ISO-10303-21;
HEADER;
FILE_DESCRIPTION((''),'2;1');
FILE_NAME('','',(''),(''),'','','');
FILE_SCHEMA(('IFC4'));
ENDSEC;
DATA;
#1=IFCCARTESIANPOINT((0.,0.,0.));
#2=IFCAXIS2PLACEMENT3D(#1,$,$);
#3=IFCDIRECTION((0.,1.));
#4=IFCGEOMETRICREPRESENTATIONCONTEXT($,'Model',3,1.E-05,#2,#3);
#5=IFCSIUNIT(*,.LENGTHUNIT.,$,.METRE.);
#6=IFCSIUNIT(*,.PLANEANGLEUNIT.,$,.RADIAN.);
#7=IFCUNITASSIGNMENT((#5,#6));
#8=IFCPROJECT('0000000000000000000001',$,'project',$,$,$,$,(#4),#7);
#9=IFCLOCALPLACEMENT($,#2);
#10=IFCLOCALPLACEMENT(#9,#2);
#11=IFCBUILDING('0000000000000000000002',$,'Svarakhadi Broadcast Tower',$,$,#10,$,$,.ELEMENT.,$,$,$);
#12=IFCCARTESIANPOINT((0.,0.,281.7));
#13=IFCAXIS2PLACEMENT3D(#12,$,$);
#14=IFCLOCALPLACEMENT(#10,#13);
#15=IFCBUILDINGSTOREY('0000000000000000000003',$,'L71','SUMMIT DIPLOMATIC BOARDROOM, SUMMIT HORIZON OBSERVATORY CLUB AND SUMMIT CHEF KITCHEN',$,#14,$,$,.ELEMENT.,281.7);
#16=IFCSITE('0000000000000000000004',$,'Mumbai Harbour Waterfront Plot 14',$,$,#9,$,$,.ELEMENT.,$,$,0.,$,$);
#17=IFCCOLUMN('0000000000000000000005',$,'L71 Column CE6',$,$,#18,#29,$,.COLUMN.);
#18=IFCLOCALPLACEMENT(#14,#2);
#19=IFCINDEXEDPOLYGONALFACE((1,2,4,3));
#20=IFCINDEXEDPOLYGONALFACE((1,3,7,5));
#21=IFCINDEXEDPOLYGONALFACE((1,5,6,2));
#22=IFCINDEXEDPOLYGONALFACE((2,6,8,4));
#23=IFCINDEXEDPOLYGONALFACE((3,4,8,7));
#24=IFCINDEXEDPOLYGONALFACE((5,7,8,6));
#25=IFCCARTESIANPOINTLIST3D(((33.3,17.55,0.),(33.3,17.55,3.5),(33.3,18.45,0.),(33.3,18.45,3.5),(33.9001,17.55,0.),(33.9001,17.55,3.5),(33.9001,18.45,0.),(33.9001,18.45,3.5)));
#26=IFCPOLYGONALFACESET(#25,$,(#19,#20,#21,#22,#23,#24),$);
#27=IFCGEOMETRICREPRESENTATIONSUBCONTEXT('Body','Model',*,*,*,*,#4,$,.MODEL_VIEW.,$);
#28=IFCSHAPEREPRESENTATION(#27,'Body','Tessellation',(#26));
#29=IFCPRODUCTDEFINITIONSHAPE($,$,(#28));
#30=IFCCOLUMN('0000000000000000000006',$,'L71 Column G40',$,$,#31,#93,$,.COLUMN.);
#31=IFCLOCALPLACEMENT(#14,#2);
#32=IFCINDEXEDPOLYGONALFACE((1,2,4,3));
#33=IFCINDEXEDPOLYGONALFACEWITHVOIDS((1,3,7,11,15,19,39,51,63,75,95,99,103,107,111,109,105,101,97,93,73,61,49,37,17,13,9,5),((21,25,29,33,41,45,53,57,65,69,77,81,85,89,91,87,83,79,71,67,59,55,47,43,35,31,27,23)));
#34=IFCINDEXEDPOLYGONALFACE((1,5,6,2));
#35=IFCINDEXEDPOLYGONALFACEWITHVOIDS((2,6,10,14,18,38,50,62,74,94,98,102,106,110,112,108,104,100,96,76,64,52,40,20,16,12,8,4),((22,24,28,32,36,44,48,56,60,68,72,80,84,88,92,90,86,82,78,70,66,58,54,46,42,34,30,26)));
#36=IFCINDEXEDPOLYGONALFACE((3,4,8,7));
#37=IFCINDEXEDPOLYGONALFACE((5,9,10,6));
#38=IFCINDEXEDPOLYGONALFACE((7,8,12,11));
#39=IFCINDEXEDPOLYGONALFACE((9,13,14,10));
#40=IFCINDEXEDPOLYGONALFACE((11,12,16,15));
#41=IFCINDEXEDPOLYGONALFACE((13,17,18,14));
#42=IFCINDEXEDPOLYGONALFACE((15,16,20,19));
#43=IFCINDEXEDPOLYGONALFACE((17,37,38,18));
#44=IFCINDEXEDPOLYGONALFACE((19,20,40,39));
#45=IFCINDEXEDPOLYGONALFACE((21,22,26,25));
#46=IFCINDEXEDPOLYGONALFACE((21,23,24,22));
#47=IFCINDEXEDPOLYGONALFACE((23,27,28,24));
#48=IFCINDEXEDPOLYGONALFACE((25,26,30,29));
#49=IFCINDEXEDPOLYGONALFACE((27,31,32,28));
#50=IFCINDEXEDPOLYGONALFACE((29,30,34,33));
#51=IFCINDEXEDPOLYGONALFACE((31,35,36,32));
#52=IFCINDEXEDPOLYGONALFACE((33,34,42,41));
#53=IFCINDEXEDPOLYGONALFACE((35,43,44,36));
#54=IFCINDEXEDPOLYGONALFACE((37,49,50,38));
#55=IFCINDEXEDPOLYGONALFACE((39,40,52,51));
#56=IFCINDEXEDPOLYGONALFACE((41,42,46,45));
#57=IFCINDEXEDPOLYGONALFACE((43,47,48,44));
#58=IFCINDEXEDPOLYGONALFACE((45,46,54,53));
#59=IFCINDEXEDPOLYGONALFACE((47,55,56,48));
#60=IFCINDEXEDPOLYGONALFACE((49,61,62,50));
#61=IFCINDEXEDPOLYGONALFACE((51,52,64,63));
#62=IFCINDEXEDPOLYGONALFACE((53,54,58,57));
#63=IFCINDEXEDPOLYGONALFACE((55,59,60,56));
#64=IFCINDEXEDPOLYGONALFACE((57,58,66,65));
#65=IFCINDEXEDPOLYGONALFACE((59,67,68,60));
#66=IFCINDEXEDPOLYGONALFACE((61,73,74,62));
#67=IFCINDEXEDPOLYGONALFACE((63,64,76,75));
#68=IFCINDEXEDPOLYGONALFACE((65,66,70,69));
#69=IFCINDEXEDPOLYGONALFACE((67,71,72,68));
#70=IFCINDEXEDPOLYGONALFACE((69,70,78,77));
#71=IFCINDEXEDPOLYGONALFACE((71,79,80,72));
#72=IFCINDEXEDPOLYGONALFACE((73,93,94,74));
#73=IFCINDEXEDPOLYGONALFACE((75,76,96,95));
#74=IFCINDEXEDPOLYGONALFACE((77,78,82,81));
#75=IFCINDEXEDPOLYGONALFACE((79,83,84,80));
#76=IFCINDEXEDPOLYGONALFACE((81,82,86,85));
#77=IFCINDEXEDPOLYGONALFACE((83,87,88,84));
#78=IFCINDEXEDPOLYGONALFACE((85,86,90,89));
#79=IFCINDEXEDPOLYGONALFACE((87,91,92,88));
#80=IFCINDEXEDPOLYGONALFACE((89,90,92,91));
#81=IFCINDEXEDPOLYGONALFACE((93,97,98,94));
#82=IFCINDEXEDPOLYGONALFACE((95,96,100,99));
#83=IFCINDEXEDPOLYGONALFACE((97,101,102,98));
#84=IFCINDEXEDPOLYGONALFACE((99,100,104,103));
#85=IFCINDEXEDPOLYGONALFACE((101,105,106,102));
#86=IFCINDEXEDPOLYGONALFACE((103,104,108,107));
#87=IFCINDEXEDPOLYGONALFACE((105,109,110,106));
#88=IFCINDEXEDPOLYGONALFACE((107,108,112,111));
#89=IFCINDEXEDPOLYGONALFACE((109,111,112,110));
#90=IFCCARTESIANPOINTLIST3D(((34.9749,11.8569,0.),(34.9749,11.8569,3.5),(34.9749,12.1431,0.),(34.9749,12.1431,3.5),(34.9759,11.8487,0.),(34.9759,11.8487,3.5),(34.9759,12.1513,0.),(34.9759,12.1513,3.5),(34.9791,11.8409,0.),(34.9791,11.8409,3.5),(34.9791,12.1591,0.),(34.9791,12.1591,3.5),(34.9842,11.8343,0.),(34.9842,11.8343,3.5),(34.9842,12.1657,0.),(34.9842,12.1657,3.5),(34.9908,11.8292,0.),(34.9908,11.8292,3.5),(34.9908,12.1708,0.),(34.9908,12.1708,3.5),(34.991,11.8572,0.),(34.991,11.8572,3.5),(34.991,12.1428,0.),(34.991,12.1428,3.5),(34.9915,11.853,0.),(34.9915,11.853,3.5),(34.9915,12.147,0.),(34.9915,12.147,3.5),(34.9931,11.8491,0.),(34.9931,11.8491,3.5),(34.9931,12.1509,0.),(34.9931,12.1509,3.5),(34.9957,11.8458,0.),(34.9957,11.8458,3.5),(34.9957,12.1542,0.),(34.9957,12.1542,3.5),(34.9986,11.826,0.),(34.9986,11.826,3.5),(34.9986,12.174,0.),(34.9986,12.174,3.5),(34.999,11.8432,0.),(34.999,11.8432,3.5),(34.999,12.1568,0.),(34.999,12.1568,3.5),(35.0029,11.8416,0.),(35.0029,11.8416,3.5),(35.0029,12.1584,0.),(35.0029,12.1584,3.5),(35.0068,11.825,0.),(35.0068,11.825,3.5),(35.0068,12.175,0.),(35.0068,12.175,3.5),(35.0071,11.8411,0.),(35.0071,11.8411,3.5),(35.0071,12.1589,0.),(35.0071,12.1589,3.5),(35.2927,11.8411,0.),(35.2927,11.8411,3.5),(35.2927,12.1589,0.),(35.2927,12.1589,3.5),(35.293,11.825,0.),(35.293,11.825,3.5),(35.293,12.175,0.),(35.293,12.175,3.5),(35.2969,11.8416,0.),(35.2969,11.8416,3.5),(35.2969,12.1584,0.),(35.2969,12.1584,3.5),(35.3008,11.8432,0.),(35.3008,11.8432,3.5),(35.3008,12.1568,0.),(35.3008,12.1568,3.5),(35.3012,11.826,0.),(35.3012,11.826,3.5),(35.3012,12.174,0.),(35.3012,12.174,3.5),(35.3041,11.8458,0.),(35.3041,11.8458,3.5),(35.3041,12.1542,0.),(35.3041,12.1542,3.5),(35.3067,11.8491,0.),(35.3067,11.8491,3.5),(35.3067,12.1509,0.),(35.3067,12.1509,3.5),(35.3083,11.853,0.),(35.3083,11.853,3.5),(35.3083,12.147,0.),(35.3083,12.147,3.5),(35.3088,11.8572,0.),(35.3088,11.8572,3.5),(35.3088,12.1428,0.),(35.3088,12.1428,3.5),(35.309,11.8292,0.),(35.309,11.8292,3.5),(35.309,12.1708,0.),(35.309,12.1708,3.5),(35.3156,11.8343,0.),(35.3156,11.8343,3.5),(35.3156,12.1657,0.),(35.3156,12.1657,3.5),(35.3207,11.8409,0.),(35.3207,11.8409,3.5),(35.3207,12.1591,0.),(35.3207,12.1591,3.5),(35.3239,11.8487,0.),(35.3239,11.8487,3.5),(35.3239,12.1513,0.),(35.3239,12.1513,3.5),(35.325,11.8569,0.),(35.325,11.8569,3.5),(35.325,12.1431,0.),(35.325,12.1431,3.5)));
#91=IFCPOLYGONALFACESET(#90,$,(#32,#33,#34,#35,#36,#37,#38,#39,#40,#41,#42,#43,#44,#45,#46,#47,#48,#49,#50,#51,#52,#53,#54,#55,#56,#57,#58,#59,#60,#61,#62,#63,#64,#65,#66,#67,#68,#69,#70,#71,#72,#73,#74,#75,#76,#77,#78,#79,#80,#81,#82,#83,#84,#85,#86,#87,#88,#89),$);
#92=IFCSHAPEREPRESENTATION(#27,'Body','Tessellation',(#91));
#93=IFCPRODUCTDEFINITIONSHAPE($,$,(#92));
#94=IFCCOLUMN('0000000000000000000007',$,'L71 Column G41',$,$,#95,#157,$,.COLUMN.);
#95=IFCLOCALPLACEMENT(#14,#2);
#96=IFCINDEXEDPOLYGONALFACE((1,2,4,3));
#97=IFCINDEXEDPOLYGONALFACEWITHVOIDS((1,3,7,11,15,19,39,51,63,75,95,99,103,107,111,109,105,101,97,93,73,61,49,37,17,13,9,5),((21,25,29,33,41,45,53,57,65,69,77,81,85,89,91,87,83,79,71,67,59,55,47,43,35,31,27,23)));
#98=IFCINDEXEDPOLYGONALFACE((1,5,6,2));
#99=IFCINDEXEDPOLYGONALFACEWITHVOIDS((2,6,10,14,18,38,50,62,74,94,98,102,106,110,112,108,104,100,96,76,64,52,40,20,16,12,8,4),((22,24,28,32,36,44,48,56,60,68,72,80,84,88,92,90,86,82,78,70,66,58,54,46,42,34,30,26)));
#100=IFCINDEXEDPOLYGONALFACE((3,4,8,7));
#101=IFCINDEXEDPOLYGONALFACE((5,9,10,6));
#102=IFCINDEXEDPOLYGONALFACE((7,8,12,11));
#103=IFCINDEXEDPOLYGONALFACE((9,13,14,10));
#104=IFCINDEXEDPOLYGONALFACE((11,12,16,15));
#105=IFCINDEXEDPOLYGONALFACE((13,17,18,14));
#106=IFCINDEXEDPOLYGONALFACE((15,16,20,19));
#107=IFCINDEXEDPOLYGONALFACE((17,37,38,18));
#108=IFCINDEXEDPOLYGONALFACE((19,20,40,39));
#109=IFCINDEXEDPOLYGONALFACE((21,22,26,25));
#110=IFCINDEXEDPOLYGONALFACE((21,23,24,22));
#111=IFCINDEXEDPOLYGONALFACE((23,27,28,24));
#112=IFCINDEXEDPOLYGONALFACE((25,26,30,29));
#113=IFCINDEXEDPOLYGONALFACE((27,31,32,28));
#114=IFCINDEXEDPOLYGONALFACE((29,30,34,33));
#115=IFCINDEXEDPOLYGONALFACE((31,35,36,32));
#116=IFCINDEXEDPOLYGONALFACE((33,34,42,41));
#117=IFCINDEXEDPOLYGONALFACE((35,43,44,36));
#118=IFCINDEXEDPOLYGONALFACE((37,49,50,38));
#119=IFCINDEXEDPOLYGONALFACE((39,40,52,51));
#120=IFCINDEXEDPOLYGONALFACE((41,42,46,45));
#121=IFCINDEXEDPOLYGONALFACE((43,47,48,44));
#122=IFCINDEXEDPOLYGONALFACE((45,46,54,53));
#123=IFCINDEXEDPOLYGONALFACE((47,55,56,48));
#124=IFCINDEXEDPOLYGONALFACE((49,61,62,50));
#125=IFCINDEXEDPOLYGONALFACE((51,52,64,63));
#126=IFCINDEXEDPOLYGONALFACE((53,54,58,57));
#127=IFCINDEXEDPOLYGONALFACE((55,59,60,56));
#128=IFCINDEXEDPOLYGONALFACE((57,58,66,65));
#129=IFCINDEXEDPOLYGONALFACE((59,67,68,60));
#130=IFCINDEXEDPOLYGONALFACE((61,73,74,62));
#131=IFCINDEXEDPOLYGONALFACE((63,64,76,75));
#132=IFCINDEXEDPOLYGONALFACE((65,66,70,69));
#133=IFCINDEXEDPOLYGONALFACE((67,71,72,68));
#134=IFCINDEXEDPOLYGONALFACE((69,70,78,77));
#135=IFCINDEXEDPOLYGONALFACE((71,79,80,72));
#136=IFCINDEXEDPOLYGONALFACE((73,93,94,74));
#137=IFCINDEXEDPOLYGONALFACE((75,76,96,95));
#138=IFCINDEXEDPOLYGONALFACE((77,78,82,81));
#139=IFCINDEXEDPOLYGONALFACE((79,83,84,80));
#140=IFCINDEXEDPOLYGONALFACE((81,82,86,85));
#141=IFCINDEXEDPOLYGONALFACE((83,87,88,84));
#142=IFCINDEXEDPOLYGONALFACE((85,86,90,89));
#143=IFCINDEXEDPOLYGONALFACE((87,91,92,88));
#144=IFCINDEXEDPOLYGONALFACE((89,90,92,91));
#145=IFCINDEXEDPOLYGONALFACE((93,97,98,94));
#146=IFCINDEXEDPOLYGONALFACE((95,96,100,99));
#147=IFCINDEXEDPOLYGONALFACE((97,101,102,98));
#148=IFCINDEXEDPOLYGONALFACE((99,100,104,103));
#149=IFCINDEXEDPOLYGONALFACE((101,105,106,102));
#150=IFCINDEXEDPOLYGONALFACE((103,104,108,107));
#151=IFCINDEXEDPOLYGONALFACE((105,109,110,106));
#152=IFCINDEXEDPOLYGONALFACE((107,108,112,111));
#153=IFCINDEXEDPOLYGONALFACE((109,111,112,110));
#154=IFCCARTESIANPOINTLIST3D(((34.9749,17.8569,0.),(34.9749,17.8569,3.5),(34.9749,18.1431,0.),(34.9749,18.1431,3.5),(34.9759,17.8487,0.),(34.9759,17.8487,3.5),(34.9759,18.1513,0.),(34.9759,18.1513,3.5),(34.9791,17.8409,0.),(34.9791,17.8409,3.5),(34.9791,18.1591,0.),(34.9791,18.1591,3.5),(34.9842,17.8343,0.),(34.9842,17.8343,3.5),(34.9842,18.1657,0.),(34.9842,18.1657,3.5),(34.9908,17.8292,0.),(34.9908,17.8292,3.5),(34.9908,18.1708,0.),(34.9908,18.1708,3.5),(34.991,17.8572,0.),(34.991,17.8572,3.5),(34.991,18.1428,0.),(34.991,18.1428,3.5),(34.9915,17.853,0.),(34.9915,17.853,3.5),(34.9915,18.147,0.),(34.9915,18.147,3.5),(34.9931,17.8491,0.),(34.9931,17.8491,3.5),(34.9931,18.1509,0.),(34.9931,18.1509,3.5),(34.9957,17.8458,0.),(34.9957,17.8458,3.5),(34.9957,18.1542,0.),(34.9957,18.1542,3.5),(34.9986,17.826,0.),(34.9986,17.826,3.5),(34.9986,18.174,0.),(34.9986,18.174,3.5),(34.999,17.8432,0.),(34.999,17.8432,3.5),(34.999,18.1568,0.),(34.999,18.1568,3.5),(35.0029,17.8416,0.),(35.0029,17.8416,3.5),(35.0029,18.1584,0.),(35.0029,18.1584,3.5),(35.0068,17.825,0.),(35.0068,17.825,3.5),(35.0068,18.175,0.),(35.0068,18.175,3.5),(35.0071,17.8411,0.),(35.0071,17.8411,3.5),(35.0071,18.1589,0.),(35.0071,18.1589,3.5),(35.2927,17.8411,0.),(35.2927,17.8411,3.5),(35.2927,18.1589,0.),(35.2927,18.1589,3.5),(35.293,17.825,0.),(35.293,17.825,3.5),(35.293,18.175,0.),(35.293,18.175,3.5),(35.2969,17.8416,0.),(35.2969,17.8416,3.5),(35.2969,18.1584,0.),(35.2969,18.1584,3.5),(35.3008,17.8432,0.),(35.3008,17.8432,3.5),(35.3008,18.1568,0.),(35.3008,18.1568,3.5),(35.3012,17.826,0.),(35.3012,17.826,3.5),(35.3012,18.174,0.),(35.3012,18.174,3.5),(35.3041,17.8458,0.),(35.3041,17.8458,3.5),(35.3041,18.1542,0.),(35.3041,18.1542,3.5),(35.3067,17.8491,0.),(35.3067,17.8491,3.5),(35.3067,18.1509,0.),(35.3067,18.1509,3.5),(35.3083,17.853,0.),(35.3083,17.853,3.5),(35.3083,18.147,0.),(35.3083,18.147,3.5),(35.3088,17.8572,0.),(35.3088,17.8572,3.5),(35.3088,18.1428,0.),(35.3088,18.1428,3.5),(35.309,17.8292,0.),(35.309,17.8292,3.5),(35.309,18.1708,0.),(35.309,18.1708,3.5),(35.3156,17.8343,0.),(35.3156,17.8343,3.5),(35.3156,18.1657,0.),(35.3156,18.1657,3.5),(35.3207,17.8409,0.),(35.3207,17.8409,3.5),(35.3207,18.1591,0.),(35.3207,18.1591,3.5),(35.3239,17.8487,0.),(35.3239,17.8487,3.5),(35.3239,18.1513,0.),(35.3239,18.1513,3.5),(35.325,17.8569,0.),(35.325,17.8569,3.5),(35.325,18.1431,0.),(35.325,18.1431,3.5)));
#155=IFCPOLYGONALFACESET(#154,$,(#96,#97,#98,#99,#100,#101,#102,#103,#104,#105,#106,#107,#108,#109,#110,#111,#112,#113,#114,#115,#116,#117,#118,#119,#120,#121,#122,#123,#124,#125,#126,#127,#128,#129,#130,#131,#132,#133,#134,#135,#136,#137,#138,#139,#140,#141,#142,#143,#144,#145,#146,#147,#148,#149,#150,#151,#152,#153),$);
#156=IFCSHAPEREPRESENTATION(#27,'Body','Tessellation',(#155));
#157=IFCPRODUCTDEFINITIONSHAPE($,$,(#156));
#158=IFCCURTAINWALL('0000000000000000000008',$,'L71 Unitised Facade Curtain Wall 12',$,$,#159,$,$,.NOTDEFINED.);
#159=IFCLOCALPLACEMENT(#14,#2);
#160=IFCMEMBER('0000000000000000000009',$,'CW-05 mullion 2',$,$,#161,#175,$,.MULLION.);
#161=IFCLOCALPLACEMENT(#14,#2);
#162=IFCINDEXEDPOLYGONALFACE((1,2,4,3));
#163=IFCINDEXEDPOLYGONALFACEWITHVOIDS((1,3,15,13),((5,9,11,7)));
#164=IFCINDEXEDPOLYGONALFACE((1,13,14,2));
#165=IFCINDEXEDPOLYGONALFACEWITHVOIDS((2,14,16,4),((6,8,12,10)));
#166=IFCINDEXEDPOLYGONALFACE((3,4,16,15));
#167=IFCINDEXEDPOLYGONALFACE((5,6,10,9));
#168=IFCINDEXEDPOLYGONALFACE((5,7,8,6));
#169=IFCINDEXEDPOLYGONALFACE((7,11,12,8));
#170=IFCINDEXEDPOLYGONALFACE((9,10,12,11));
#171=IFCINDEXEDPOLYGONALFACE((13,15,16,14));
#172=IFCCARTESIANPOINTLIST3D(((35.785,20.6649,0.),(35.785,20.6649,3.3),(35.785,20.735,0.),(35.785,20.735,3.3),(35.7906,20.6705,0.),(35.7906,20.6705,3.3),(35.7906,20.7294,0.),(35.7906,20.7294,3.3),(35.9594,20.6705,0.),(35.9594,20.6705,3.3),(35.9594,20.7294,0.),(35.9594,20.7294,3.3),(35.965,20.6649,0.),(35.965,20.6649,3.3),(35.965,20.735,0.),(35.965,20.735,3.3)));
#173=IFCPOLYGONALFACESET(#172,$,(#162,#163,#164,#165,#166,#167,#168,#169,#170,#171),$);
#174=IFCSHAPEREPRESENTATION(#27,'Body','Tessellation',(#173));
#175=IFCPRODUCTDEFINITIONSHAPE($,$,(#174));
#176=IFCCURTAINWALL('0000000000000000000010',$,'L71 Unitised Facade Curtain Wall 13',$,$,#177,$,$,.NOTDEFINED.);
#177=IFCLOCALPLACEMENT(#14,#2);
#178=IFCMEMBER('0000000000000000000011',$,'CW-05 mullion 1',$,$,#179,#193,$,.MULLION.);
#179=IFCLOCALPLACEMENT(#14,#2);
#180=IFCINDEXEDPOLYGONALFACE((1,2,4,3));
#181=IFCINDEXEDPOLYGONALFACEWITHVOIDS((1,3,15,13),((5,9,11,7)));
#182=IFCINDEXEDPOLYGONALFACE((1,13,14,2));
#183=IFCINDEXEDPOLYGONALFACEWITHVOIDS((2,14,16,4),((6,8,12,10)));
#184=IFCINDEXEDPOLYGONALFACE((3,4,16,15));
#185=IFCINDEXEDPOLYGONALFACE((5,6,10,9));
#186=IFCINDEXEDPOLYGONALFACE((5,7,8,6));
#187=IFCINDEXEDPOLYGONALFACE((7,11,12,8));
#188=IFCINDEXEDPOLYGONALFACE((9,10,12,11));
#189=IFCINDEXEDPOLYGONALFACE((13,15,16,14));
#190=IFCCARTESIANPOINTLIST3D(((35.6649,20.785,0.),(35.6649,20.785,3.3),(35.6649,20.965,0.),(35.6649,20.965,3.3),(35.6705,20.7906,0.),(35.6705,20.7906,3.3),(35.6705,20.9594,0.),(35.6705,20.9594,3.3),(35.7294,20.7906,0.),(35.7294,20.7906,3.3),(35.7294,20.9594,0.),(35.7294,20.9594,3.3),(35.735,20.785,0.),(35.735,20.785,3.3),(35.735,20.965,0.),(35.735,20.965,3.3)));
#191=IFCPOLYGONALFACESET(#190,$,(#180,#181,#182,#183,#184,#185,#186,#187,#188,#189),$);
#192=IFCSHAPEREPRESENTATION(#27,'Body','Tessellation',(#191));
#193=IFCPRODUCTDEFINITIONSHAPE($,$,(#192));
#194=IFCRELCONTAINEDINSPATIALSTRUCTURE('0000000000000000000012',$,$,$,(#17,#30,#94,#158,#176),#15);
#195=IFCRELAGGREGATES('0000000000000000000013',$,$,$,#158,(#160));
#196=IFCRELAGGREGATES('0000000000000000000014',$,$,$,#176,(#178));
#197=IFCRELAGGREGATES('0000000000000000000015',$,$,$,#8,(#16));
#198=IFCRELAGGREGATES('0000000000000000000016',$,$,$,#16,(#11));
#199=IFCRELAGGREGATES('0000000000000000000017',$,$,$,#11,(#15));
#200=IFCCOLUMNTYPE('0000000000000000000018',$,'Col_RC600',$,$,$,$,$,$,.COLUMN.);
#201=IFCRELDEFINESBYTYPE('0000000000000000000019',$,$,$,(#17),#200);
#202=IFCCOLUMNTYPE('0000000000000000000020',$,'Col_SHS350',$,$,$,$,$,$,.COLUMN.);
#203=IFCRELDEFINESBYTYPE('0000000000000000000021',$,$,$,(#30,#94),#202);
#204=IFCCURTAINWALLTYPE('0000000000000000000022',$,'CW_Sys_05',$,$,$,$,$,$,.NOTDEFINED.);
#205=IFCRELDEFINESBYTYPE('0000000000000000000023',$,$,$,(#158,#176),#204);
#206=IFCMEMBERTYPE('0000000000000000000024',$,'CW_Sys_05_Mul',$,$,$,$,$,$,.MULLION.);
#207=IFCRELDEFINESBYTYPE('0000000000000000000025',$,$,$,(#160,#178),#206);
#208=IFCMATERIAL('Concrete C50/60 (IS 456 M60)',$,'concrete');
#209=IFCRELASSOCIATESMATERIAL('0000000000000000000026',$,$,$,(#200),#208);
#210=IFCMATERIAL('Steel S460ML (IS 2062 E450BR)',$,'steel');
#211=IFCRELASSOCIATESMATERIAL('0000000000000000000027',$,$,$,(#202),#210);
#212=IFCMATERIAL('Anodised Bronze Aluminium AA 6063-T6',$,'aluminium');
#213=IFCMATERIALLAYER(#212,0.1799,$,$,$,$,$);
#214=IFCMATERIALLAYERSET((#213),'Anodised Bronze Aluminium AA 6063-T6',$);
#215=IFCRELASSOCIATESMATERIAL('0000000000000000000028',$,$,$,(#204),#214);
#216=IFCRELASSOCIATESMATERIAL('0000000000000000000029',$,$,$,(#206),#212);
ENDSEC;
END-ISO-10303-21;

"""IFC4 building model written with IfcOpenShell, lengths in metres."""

from ifc_helpers import new_model, si_unit, direction, frame, origin, origin_2d, place, context, subcontext, project, spatial, rectangle, hollow_rectangle, extrude, material, layer, layer_set, material_profile, profile_set, type_object, element, aggregate, save


model = new_model("IFC4")

# Units and contexts
model_context = context("Model", 3, precision=1e-05, world=origin(), true_north=direction((0.0, 1.0)))
body_context = subcontext(model_context, "Body", "Model", "MODEL_VIEW")
ifc_project = project(units=[si_unit("LENGTHUNIT", "METRE"), si_unit("PLANEANGLEUNIT", "RADIAN")], contexts=[model_context])

# Site, building, storey
site_placement = place(None, origin())
site = spatial("IfcSite", under=ifc_project, at=site_placement, Name="Mumbai Harbour Waterfront Plot 14", CompositionType="ELEMENT", RefElevation=0.0)
building_placement = place(site_placement, origin())
building = spatial("IfcBuilding", under=site, at=building_placement, Name="Svarakhadi Broadcast Tower", CompositionType="ELEMENT")
storey_placement = place(building_placement, frame((0.0, 0.0, 281.7)))
storey = spatial("IfcBuildingStorey", under=building, at=storey_placement, Name="L71", Description="SUMMIT DIPLOMATIC BOARDROOM, SUMMIT HORIZON OBSERVATORY CLUB AND SUMMIT CHEF KITCHEN", CompositionType="ELEMENT", Elevation=281.7)

# Columns
ifc_material_1 = material(Name="Concrete C50/60 (IS 456 M60)", Category="concrete")
ifc_material_profile_1 = material_profile(ifc_material_1, rectangle(XDim=0.6001, YDim=0.8999, at=origin_2d()), Name="RC 600x900")
ifc_profile_set_1 = profile_set([ifc_material_profile_1], Name="Concrete C50/60 (IS 456 M60)")
column_type_1 = type_object("IfcColumnType", Name="Col_RC600", PredefinedType="COLUMN", material=ifc_profile_set_1)
column_placement = place(storey_placement, frame((33.6001, 18.0, 0.0), z_axis=(0.0, 0.0, 1.0), x_axis=(1.0, 0.0, 0.0)))
element("IfcColumn", 1, at=column_placement, inside=storey, type_object=column_type_1, Name="L71 Column CE6", PredefinedType="COLUMN", context=body_context, shape_type="SweptSolid", body=[
    extrude(rectangle(XDim=0.6001, YDim=0.8999, at=origin_2d()), origin(), (0.0, 0.0, 1.0), 3.5),
])
ifc_material_2 = material(Name="Steel S460ML (IS 2062 E450BR)", Category="steel")
ifc_material_profile_2 = material_profile(ifc_material_2, hollow_rectangle(XDim=0.3501, YDim=0.3501, WallThickness=0.0161, InnerFilletRadius=0.0161, OuterFilletRadius=0.032, at=origin_2d()), Name="SHS 350x350x16")
ifc_profile_set_2 = profile_set([ifc_material_profile_2], Name="Steel S460ML (IS 2062 E450BR)")
column_type_2 = type_object("IfcColumnType", Name="Col_SHS350", PredefinedType="COLUMN", material=ifc_profile_set_2)
for number, where, z_axis, x_axis, name in (
    (2, (35.1499, 12.0, 0.0), (0.0, 0.0, 1.0), (1.0, 0.0, 0.0), "L71 Column G40"),
    (3, (35.1499, 18.0, 0.0), (0.0, 0.0, 1.0), (1.0, 0.0, 0.0), "L71 Column G41"),
):
    element("IfcColumn", number, at=place(storey_placement, frame(where, z_axis=z_axis, x_axis=x_axis)), inside=storey, type_object=column_type_2, Name=name, PredefinedType="COLUMN", context=body_context, shape_type="SweptSolid", body=[
        extrude(hollow_rectangle(XDim=0.3501, YDim=0.3501, WallThickness=0.0161, InnerFilletRadius=0.0161, OuterFilletRadius=0.032, at=origin_2d()), origin(), (0.0, 0.0, 1.0), 3.5),
    ])

# Curtain wall, member
ifc_material_3 = material(Name="Anodised Bronze Aluminium AA 6063-T6", Category="aluminium")
ifc_layer_1 = layer(ifc_material_3, 0.1799)
ifc_layer_set_1 = layer_set([ifc_layer_1], Name="Anodised Bronze Aluminium AA 6063-T6")
curtain_wall_type = type_object("IfcCurtainWallType", Name="CW_Sys_05", PredefinedType="NOTDEFINED", material=ifc_layer_set_1)
curtain_wall_1_placement = place(storey_placement, origin())
curtain_wall_1 = element("IfcCurtainWall", 4, at=curtain_wall_1_placement, inside=storey, type_object=curtain_wall_type, Name="L71 Unitised Facade Curtain Wall 12", PredefinedType="NOTDEFINED")
ifc_material_profile_3 = material_profile(ifc_material_3, hollow_rectangle(XDim=0.0701, YDim=0.1799, WallThickness=0.0056, at=origin_2d()), Name="ALU MULLION 180x70x6")
ifc_profile_set_3 = profile_set([ifc_material_profile_3], Name="Anodised Bronze Aluminium AA 6063-T6")
member_type_1 = type_object("IfcMemberType", Name="CW_Sys_05_Mul", PredefinedType="MULLION", material=ifc_profile_set_3)
member_1_placement = place(storey_placement, frame((35.875, 20.7, 0.0), z_axis=(0.0, 0.0, 1.0), x_axis=(0.0, 1.0, 0.0)))
member_1 = element("IfcMember", 5, at=member_1_placement, type_object=member_type_1, Name="CW-05 mullion 2", PredefinedType="MULLION", context=body_context, shape_type="SweptSolid", body=[
    extrude(hollow_rectangle(XDim=0.0701, YDim=0.1799, WallThickness=0.0056, at=origin_2d()), origin(), (0.0, 0.0, 1.0), 3.3),
])

# Curtain wall, member
curtain_wall_2_placement = place(storey_placement, origin())
curtain_wall_2 = element("IfcCurtainWall", 6, at=curtain_wall_2_placement, inside=storey, type_object=curtain_wall_type, Name="L71 Unitised Facade Curtain Wall 13", PredefinedType="NOTDEFINED")
member_2_placement = place(storey_placement, frame((35.7, 20.875, 0.0), z_axis=(0.0, 0.0, 1.0), x_axis=(1.0, 0.0, 0.0)))
member_2 = element("IfcMember", 7, at=member_2_placement, type_object=member_type_1, Name="CW-05 mullion 1", PredefinedType="MULLION", context=body_context, shape_type="SweptSolid", body=[
    extrude(hollow_rectangle(XDim=0.0701, YDim=0.1799, WallThickness=0.0056, at=origin_2d()), origin(), (0.0, 0.0, 1.0), 3.3),
])

aggregate(curtain_wall_1, [member_1])
aggregate(curtain_wall_2, [member_2])

save(model, "model.ifc")
